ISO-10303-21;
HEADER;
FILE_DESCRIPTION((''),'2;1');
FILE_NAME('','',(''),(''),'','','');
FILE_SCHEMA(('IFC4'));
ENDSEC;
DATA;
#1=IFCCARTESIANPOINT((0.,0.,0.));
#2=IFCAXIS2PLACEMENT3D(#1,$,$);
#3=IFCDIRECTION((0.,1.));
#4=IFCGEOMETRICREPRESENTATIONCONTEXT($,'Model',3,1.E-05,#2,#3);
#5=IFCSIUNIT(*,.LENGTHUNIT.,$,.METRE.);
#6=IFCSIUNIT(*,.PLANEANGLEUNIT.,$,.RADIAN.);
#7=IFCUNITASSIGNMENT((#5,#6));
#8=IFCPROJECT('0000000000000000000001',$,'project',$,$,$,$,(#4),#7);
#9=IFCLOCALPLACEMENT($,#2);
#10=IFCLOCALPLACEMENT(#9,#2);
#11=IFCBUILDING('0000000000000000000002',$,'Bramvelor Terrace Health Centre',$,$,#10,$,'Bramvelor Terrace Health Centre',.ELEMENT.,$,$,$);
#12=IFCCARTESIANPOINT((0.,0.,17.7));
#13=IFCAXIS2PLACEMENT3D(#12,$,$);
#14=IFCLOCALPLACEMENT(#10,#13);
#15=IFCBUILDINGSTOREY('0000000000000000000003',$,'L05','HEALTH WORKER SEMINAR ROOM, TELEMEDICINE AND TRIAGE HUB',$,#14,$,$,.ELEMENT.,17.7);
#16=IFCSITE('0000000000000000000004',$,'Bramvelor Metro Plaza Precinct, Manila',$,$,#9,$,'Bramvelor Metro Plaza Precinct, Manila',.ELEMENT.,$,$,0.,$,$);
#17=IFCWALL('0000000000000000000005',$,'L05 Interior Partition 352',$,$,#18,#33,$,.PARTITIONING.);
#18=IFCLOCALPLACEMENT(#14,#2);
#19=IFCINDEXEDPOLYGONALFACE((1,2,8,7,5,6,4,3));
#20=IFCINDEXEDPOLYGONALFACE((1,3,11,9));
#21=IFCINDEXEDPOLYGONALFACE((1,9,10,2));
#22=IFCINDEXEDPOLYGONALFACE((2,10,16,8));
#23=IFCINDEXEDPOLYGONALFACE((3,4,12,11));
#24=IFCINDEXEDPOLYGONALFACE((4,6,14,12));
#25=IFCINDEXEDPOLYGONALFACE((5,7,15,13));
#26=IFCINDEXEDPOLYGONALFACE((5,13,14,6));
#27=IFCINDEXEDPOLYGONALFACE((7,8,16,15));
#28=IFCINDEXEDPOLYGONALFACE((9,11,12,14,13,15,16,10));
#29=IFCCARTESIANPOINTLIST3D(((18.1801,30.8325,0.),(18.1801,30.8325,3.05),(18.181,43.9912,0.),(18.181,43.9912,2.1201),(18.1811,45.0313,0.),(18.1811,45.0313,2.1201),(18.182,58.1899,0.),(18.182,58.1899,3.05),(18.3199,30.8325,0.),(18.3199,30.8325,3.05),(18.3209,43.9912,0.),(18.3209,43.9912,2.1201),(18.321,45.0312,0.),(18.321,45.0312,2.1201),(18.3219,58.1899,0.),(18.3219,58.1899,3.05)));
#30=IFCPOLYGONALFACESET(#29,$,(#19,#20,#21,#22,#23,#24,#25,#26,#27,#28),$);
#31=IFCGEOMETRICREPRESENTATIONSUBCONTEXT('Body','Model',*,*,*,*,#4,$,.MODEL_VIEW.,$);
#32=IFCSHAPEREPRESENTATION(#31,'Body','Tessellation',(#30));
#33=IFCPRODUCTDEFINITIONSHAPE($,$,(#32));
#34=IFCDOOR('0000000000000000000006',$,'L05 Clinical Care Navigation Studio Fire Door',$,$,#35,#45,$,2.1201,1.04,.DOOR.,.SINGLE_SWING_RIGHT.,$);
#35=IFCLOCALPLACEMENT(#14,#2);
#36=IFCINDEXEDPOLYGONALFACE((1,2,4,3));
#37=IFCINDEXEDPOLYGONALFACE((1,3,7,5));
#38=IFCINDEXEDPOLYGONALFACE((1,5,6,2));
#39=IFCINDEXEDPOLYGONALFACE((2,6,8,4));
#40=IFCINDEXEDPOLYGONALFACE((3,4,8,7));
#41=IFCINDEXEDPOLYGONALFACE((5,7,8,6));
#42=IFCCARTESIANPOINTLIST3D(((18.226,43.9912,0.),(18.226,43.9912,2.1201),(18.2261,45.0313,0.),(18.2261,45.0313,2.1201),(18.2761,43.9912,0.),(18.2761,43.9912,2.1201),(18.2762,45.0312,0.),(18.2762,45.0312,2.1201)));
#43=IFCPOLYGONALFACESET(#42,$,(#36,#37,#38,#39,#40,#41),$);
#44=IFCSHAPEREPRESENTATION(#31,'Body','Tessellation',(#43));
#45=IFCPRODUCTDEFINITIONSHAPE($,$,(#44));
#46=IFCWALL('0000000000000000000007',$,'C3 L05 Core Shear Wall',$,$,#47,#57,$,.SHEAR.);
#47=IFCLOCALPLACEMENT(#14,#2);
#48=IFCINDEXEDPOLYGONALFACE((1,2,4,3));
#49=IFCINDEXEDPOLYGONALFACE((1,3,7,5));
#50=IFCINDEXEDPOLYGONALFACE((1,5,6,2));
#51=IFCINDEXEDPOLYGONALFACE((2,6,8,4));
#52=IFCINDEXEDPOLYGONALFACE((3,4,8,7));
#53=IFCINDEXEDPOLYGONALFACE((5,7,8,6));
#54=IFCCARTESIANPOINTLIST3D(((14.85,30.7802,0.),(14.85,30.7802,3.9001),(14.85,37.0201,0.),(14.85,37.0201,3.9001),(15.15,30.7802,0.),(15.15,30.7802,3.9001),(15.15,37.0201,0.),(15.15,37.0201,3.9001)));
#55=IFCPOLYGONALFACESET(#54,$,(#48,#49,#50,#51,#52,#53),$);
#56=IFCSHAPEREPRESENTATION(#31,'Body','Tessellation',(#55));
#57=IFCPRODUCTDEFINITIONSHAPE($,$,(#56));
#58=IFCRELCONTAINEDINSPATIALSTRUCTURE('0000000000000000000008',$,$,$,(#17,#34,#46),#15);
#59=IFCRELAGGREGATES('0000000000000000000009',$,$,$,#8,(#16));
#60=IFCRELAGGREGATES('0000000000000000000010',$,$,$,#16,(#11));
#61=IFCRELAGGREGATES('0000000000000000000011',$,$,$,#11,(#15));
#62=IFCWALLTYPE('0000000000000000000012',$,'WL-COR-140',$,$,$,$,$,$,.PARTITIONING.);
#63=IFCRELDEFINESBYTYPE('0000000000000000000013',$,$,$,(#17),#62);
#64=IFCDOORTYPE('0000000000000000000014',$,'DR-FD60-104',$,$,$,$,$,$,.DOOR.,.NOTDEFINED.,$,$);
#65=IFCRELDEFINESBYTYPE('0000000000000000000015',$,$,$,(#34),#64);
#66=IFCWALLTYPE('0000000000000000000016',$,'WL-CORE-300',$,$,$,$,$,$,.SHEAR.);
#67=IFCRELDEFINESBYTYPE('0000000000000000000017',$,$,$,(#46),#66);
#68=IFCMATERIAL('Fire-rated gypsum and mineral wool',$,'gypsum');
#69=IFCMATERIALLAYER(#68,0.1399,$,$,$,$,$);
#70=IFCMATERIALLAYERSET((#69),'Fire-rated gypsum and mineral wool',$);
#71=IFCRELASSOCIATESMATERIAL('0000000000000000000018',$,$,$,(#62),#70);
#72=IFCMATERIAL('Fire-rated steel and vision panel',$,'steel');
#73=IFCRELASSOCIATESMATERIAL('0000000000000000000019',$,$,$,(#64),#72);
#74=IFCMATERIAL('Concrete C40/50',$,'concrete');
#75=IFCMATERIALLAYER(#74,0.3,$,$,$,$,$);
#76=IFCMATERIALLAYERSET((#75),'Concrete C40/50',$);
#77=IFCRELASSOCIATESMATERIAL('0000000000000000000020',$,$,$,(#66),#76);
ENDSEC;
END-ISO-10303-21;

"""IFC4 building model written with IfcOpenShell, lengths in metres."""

from ifc_helpers import new_model, si_unit, direction, frame, frame_2d, origin, place, context, subcontext, project, spatial, rectangle, extrude, material, layer, layer_set, type_object, element, fill, save


model = new_model("IFC4")

# Units and contexts
model_context = context("Model", 3, precision=1e-05, world=origin(), true_north=direction((0.0, 1.0)))
body_context = subcontext(model_context, "Body", "Model", "MODEL_VIEW")
ifc_project = project(units=[si_unit("LENGTHUNIT", "METRE"), si_unit("PLANEANGLEUNIT", "RADIAN")], contexts=[model_context])

# Site, building, storey
site_placement = place(None, origin())
site = spatial("IfcSite", under=ifc_project, at=site_placement, Name="Bramvelor Metro Plaza Precinct, Manila", LongName="Bramvelor Metro Plaza Precinct, Manila", CompositionType="ELEMENT", RefElevation=0.0)
building_placement = place(site_placement, origin())
building = spatial("IfcBuilding", under=site, at=building_placement, Name="Bramvelor Terrace Health Centre", LongName="Bramvelor Terrace Health Centre", CompositionType="ELEMENT")
storey_placement = place(building_placement, frame((0.0, 0.0, 17.7)))
storey = spatial("IfcBuildingStorey", under=building, at=storey_placement, Name="L05", Description="HEALTH WORKER SEMINAR ROOM, TELEMEDICINE AND TRIAGE HUB", CompositionType="ELEMENT", Elevation=17.7)

# Shared definitions
ifc_material_1 = material(Name="Fire-rated gypsum and mineral wool", Category="gypsum")
ifc_layer_1 = layer(ifc_material_1, 0.1399)
ifc_layer_set_1 = layer_set([ifc_layer_1], Name="Fire-rated gypsum and mineral wool")
wall_type_1 = type_object("IfcWallType", Name="WL-COR-140", PredefinedType="PARTITIONING", material=ifc_layer_set_1)

# Wall, opening, door
wall_1_placement = place(storey_placement, frame((18.25, 30.8325, 0.0), z_axis=(0.0, 0.0, 1.0), x_axis=(0.000071, 1.0, 0.0)))
wall_1 = element("IfcWall", 1, at=wall_1_placement, inside=storey, type_object=wall_type_1, Name="L05 Interior Partition 352", PredefinedType="PARTITIONING", context=body_context, shape_type="SweptSolid", body=[
    extrude(rectangle(XDim=27.3574, YDim=0.1399, at=frame_2d((13.6787, 0.0))), origin(), (0.0, 0.0, 1.0), 3.05),
])
opening_1_placement = place(wall_1_placement, frame((13.1587, 0.0, 0.0)))
opening_1 = element("IfcOpeningElement", 2, at=opening_1_placement, cuts=wall_1, PredefinedType="OPENING", context=body_context, shape_type="SweptSolid", body=[
    extrude(rectangle(XDim=1.04, YDim=2.1201, at=frame_2d((0.52, 1.0601))), frame((0.0, 0.0798, 0.0), z_axis=(0.0, -1.0, 0.0), x_axis=(1.0, 0.0, 0.0)), (0.0, 0.0, 1.0), 0.1599),
])
ifc_material_2 = material(Name="Fire-rated steel and vision panel", Category="steel")
door_type_1 = type_object("IfcDoorType", Name="DR-FD60-104", OperationType="NOTDEFINED", PredefinedType="DOOR", material=ifc_material_2)
door_1_placement = place(opening_1_placement, origin())
door_1 = element("IfcDoor", 3, at=door_1_placement, inside=storey, type_object=door_type_1, Name="L05 Clinical Care Navigation Studio Fire Door", OperationType="SINGLE_SWING_RIGHT", OverallHeight=2.1201, OverallWidth=1.04, PredefinedType="DOOR", context=body_context, shape_type="SweptSolid", body=[
    extrude(rectangle(XDim=1.04, YDim=2.1201, at=frame_2d((0.52, 1.0601))), frame((0.0, 0.0249, 0.0), z_axis=(0.0, -1.0, 0.0), x_axis=(1.0, 0.0, 0.0)), (0.0, 0.0, 1.0), 0.05),
])
fill(opening_1, door_1)

# Wall
ifc_material_3 = material(Name="Concrete C40/50", Category="concrete")
ifc_layer_2 = layer(ifc_material_3, 0.3)
ifc_layer_set_2 = layer_set([ifc_layer_2], Name="Concrete C40/50")
wall_type_2 = type_object("IfcWallType", Name="WL-CORE-300", PredefinedType="SHEAR", material=ifc_layer_set_2)
wall_2_placement = place(storey_placement, frame((15.0, 30.78, 0.0), z_axis=(0.0, 0.0, 1.0), x_axis=(0.0, 1.0, 0.0)))
element("IfcWall", 4, at=wall_2_placement, inside=storey, type_object=wall_type_2, Name="C3 L05 Core Shear Wall", PredefinedType="SHEAR", context=body_context, shape_type="SweptSolid", body=[
    extrude(rectangle(XDim=6.24, YDim=0.3, at=frame_2d((3.1201, 0.0))), origin(), (0.0, 0.0, 1.0), 3.9001),
])

save(model, "model.ifc")
